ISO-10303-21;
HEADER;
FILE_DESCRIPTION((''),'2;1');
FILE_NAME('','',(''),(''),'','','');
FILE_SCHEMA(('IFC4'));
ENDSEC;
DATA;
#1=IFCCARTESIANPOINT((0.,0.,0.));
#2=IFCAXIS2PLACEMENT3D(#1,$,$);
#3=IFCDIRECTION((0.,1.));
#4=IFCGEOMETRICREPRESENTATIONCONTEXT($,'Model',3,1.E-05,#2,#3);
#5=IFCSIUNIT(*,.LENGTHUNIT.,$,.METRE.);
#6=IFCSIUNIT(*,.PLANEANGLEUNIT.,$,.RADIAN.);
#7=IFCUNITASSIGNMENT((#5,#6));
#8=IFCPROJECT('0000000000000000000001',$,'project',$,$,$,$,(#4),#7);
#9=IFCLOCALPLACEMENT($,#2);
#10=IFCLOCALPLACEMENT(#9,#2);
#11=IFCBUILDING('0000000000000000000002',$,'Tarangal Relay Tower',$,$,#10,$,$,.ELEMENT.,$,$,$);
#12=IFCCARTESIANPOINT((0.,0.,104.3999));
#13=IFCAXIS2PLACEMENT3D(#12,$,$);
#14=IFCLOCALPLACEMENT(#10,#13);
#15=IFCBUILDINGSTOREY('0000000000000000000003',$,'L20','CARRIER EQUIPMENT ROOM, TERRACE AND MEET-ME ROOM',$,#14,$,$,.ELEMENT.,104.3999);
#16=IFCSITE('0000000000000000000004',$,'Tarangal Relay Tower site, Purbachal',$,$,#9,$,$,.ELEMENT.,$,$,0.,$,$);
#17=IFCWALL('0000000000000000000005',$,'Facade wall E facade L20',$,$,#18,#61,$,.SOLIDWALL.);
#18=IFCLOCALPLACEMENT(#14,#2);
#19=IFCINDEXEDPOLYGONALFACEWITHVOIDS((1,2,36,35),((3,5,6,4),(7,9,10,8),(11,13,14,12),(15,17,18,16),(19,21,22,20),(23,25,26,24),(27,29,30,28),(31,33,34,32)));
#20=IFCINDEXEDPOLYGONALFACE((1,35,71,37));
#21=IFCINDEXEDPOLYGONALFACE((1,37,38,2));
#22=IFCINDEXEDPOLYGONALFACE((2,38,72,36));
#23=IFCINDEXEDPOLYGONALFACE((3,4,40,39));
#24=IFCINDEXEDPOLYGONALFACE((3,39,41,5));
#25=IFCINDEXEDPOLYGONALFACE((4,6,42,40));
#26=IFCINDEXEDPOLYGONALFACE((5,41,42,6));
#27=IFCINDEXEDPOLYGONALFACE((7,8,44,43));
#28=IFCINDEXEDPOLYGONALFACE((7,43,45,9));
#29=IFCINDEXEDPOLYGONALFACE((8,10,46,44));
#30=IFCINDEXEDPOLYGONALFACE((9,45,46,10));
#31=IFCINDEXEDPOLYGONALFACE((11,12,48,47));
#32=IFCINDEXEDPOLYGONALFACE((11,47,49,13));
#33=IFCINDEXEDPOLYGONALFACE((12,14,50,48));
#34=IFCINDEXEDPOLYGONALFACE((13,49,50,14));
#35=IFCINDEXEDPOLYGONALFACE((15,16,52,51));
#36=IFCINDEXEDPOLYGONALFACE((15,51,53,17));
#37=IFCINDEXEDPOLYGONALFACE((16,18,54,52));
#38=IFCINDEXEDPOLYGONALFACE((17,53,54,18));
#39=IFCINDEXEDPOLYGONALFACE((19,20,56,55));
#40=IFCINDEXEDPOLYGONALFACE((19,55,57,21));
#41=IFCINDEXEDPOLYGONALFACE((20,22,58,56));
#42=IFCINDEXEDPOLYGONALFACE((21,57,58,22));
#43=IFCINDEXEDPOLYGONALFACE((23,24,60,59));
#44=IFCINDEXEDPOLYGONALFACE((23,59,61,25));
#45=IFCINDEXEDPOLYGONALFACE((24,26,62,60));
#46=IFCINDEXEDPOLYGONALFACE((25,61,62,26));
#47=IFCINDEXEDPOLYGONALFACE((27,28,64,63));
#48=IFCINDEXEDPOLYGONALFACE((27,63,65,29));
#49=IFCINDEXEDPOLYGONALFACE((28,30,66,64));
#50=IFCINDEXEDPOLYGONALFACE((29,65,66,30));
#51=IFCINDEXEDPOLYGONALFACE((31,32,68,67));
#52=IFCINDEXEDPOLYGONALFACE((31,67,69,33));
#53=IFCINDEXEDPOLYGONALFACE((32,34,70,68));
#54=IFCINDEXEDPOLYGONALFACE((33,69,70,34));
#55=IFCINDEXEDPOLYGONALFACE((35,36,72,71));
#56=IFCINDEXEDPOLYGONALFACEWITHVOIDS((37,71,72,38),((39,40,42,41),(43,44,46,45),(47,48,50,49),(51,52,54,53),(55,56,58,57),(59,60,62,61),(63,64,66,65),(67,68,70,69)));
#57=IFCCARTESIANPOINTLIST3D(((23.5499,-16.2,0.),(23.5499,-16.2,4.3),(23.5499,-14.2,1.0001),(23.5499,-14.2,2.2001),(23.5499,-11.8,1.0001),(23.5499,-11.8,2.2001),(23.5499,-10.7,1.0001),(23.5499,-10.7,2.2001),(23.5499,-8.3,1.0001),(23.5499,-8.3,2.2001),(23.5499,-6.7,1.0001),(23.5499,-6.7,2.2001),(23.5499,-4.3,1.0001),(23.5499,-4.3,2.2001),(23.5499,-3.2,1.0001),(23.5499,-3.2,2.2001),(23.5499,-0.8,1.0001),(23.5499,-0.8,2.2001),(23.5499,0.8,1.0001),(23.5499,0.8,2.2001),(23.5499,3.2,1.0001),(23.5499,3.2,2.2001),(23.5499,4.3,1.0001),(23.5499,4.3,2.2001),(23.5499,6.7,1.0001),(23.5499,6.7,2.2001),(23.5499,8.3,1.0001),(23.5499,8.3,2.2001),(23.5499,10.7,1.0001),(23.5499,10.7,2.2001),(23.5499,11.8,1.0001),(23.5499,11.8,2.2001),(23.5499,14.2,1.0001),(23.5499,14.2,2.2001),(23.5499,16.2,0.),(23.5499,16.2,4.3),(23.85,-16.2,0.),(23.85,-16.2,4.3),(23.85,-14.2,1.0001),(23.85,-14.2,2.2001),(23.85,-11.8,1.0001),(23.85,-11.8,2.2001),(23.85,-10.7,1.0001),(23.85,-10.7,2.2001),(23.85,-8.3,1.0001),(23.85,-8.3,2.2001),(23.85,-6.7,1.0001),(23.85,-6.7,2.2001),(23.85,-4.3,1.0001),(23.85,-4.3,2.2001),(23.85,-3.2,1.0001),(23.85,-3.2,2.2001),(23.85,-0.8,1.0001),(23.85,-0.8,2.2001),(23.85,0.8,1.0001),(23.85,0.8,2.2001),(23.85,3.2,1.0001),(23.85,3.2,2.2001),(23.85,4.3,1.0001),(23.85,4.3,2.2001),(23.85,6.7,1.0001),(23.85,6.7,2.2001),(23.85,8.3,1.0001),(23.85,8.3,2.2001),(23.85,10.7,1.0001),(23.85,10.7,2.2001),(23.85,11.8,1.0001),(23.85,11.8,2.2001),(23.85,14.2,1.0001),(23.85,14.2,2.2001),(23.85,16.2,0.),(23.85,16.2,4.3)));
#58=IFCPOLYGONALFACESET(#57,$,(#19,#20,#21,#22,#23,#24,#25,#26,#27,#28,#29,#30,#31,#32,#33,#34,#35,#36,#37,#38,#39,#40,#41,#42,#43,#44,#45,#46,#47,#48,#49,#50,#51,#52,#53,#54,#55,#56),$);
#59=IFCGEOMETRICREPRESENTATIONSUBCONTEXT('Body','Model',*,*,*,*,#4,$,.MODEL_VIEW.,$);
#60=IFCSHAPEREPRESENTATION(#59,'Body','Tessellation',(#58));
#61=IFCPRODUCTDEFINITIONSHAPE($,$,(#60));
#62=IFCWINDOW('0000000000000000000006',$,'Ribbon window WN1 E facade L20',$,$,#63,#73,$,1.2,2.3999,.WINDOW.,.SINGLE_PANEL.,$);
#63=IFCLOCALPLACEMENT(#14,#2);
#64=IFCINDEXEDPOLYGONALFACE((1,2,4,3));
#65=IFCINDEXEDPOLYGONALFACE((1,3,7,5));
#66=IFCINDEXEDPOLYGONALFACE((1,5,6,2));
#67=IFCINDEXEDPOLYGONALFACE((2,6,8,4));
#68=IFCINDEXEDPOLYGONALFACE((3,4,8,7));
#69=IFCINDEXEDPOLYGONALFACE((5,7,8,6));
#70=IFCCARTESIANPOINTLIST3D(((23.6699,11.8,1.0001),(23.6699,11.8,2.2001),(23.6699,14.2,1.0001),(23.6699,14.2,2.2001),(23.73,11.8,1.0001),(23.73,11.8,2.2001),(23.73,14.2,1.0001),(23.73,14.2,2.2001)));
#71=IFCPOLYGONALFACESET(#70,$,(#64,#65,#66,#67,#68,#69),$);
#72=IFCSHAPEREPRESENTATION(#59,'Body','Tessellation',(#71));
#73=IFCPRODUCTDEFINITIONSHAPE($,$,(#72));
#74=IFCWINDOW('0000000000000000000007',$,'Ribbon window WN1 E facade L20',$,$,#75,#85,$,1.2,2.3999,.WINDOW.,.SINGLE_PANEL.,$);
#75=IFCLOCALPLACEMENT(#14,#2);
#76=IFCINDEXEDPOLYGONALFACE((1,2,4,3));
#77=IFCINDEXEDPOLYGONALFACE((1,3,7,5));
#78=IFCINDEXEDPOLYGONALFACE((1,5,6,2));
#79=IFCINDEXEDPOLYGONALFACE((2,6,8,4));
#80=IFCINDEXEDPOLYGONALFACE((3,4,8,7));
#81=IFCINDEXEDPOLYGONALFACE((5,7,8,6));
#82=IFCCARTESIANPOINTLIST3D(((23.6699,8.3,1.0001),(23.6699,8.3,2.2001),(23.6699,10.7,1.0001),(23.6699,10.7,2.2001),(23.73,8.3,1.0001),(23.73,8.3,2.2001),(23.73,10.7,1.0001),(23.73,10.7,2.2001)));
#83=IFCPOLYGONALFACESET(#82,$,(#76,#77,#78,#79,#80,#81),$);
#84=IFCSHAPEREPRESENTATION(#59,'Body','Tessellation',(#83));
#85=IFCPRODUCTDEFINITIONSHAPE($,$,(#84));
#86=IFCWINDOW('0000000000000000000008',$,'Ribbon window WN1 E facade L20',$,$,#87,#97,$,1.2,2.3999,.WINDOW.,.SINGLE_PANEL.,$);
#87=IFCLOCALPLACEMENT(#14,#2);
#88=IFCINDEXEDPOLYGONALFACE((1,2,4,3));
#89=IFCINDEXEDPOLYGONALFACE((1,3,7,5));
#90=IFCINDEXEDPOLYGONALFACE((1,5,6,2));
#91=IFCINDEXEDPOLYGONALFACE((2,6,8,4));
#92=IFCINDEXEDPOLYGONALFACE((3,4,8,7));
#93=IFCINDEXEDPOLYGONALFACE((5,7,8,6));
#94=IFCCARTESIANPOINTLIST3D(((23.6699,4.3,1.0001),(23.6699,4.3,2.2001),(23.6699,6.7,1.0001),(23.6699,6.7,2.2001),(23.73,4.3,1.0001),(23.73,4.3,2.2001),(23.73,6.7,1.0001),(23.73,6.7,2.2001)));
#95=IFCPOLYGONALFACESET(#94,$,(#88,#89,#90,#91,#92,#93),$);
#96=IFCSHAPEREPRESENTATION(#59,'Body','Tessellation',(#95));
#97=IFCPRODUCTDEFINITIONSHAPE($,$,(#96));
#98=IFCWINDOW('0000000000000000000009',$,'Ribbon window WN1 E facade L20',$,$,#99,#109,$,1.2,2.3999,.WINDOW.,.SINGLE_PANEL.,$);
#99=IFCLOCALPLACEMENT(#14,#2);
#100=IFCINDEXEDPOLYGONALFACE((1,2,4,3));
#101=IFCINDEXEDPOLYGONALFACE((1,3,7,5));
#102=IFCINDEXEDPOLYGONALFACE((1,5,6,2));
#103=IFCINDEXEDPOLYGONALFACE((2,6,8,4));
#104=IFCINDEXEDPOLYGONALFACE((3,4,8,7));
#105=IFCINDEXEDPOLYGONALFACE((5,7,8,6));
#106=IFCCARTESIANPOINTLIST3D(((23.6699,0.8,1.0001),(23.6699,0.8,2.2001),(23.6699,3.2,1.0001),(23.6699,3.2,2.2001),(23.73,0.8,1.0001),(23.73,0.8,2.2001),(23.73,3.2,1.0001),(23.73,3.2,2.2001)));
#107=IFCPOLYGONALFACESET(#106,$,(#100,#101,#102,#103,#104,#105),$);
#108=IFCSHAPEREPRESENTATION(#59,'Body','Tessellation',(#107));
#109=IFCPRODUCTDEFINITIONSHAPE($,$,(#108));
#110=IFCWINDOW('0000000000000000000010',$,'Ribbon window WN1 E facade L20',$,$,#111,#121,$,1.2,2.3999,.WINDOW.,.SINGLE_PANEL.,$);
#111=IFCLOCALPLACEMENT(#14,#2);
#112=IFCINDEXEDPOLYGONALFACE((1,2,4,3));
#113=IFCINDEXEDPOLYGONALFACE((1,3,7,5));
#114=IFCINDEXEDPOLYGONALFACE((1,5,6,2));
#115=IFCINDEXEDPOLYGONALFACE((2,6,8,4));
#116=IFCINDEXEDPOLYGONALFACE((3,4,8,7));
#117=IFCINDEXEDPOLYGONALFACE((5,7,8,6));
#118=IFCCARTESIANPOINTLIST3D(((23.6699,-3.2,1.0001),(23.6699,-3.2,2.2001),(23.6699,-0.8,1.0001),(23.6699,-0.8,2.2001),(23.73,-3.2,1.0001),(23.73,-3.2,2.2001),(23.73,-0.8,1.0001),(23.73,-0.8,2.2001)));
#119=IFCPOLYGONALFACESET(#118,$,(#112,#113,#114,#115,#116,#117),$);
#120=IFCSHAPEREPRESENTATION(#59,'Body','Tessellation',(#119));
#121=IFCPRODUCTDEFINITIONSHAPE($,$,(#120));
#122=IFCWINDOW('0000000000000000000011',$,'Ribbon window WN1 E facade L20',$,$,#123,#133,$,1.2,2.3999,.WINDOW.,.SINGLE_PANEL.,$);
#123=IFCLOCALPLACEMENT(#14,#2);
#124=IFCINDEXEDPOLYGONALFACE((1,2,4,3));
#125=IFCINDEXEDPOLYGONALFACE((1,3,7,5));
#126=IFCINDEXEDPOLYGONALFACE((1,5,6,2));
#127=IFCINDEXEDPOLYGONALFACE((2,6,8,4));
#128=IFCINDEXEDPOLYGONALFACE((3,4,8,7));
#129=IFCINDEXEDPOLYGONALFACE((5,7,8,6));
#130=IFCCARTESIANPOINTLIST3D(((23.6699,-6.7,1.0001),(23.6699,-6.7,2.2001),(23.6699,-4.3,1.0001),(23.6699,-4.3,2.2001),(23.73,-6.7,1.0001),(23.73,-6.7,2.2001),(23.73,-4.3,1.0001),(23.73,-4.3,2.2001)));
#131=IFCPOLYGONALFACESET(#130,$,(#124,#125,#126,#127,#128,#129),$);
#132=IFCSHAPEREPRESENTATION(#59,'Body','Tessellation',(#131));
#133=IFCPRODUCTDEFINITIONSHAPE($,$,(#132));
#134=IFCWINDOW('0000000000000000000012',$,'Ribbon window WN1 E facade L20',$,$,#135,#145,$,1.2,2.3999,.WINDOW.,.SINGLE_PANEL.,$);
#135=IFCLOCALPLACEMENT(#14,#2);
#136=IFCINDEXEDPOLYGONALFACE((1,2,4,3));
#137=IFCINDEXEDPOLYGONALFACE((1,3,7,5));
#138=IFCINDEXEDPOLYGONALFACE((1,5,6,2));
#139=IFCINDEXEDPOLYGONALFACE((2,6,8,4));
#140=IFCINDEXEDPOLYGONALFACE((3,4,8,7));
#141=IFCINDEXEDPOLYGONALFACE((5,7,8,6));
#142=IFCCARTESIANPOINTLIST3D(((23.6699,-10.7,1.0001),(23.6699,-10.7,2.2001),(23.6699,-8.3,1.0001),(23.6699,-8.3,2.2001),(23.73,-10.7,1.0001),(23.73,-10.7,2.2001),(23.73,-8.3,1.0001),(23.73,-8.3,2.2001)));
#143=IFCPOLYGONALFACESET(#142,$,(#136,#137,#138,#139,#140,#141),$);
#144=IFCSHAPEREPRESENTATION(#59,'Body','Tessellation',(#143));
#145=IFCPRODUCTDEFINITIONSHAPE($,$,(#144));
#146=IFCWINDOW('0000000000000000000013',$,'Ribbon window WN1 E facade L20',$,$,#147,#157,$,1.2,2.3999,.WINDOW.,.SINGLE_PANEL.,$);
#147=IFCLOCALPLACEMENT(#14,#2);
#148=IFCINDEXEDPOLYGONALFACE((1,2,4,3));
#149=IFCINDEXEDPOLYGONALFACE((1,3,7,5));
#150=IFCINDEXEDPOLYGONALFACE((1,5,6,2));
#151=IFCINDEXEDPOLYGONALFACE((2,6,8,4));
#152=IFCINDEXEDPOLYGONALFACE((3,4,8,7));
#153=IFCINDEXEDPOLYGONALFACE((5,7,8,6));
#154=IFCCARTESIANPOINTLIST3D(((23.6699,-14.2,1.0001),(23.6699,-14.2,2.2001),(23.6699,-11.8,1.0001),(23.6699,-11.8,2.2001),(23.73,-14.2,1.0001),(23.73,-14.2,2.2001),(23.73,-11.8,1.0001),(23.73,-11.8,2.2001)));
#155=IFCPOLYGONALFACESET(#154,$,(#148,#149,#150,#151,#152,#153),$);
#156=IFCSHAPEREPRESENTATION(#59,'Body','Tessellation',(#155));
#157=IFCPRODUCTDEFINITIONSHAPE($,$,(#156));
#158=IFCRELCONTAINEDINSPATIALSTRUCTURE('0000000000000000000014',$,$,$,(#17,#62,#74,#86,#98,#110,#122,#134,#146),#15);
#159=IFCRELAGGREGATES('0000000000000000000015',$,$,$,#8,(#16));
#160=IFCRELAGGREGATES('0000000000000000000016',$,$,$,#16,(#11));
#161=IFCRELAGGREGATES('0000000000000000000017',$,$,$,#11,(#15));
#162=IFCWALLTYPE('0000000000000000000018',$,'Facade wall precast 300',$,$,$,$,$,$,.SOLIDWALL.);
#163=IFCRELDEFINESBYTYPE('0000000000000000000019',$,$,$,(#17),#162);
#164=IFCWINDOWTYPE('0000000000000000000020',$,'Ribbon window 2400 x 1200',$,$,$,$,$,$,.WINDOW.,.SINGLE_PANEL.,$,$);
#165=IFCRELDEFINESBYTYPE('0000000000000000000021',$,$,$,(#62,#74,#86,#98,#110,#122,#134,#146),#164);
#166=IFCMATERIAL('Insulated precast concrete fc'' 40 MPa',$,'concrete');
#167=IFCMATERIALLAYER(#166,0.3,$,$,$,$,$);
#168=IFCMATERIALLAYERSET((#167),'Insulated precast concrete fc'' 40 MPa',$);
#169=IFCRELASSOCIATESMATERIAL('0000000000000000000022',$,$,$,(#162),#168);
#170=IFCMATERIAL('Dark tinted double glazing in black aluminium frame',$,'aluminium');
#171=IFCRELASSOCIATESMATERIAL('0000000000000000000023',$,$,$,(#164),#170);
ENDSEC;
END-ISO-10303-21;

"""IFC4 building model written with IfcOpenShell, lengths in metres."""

from ifc_helpers import new_model, si_unit, direction, frame, frame_2d, origin, place, context, subcontext, project, spatial, rectangle, extrude, material, layer, layer_set, type_object, element, fill, save


model = new_model("IFC4")

# Units and contexts
model_context = context("Model", 3, precision=1e-05, world=origin(), true_north=direction((0.0, 1.0)))
body_context = subcontext(model_context, "Body", "Model", "MODEL_VIEW")
ifc_project = project(units=[si_unit("LENGTHUNIT", "METRE"), si_unit("PLANEANGLEUNIT", "RADIAN")], contexts=[model_context])

# Site, building, storey
site_placement = place(None, origin())
site = spatial("IfcSite", under=ifc_project, at=site_placement, Name="Tarangal Relay Tower site, Purbachal", CompositionType="ELEMENT", RefElevation=0.0)
building_placement = place(site_placement, origin())
building = spatial("IfcBuilding", under=site, at=building_placement, Name="Tarangal Relay Tower", CompositionType="ELEMENT")
storey_placement = place(building_placement, frame((0.0, 0.0, 104.3999)))
storey = spatial("IfcBuildingStorey", under=building, at=storey_placement, Name="L20", Description="CARRIER EQUIPMENT ROOM, TERRACE AND MEET-ME ROOM", CompositionType="ELEMENT", Elevation=104.3999)

# Shared definitions
ifc_material_1 = material(Name="Insulated precast concrete fc' 40 MPa", Category="concrete")
ifc_layer_1 = layer(ifc_material_1, 0.3)
ifc_layer_set_1 = layer_set([ifc_layer_1], Name="Insulated precast concrete fc' 40 MPa")
wall_type_1 = type_object("IfcWallType", Name="Facade wall precast 300", PredefinedType="SOLIDWALL", material=ifc_layer_set_1)

# Wall, openings, windows
wall_1_placement = place(storey_placement, frame((23.7, 16.2, 0.0), z_axis=(0.0, 0.0, 1.0), x_axis=(0.0, -1.0, 0.0)))
wall_1 = element("IfcWall", 1, at=wall_1_placement, inside=storey, type_object=wall_type_1, Name="Facade wall E facade L20", PredefinedType="SOLIDWALL", context=body_context, shape_type="SweptSolid", body=[
    extrude(rectangle(XDim=32.3999, YDim=0.3, at=frame_2d((16.2, 0.0))), origin(), (0.0, 0.0, 1.0), 4.3),
])
opening_1_placement = place(wall_1_placement, frame((2.0, 0.0, 1.0)))
opening_1 = element("IfcOpeningElement", 2, at=opening_1_placement, cuts=wall_1, PredefinedType="OPENING", context=body_context, shape_type="SweptSolid", body=[
    extrude(rectangle(XDim=2.3999, YDim=1.2, at=frame_2d((1.2, 0.6001))), frame((0.0, 0.1599, 0.0), z_axis=(0.0, -1.0, 0.0), x_axis=(1.0, 0.0, 0.0)), (0.0, 0.0, 1.0), 0.3201),
])
opening_2_placement = place(wall_1_placement, frame((5.5, 0.0, 1.0)))
opening_2 = element("IfcOpeningElement", 3, at=opening_2_placement, cuts=wall_1, PredefinedType="OPENING", context=body_context, shape_type="SweptSolid", body=[
    extrude(rectangle(XDim=2.3999, YDim=1.2, at=frame_2d((1.2, 0.6001))), frame((0.0, 0.1599, 0.0), z_axis=(0.0, -1.0, 0.0), x_axis=(1.0, 0.0, 0.0)), (0.0, 0.0, 1.0), 0.3201),
])
opening_3_placement = place(wall_1_placement, frame((9.5, 0.0, 1.0)))
opening_3 = element("IfcOpeningElement", 4, at=opening_3_placement, cuts=wall_1, PredefinedType="OPENING", context=body_context, shape_type="SweptSolid", body=[
    extrude(rectangle(XDim=2.3999, YDim=1.2, at=frame_2d((1.2, 0.6001))), frame((0.0, 0.1599, 0.0), z_axis=(0.0, -1.0, 0.0), x_axis=(1.0, 0.0, 0.0)), (0.0, 0.0, 1.0), 0.3201),
])
opening_4_placement = place(wall_1_placement, frame((13.0, 0.0, 1.0)))
opening_4 = element("IfcOpeningElement", 5, at=opening_4_placement, cuts=wall_1, PredefinedType="OPENING", context=body_context, shape_type="SweptSolid", body=[
    extrude(rectangle(XDim=2.3999, YDim=1.2, at=frame_2d((1.2, 0.6001))), frame((0.0, 0.1599, 0.0), z_axis=(0.0, -1.0, 0.0), x_axis=(1.0, 0.0, 0.0)), (0.0, 0.0, 1.0), 0.3201),
])
opening_5_placement = place(wall_1_placement, frame((17.0, 0.0, 1.0)))
opening_5 = element("IfcOpeningElement", 6, at=opening_5_placement, cuts=wall_1, PredefinedType="OPENING", context=body_context, shape_type="SweptSolid", body=[
    extrude(rectangle(XDim=2.3999, YDim=1.2, at=frame_2d((1.2, 0.6001))), frame((0.0, 0.1599, 0.0), z_axis=(0.0, -1.0, 0.0), x_axis=(1.0, 0.0, 0.0)), (0.0, 0.0, 1.0), 0.3201),
])
opening_6_placement = place(wall_1_placement, frame((20.5, 0.0, 1.0)))
opening_6 = element("IfcOpeningElement", 7, at=opening_6_placement, cuts=wall_1, PredefinedType="OPENING", context=body_context, shape_type="SweptSolid", body=[
    extrude(rectangle(XDim=2.3999, YDim=1.2, at=frame_2d((1.2, 0.6001))), frame((0.0, 0.1599, 0.0), z_axis=(0.0, -1.0, 0.0), x_axis=(1.0, 0.0, 0.0)), (0.0, 0.0, 1.0), 0.3201),
])
opening_7_placement = place(wall_1_placement, frame((24.5, 0.0, 1.0)))
opening_7 = element("IfcOpeningElement", 8, at=opening_7_placement, cuts=wall_1, PredefinedType="OPENING", context=body_context, shape_type="SweptSolid", body=[
    extrude(rectangle(XDim=2.3999, YDim=1.2, at=frame_2d((1.2, 0.6001))), frame((0.0, 0.1599, 0.0), z_axis=(0.0, -1.0, 0.0), x_axis=(1.0, 0.0, 0.0)), (0.0, 0.0, 1.0), 0.3201),
])
opening_8_placement = place(wall_1_placement, frame((28.0, 0.0, 1.0)))
opening_8 = element("IfcOpeningElement", 9, at=opening_8_placement, cuts=wall_1, PredefinedType="OPENING", context=body_context, shape_type="SweptSolid", body=[
    extrude(rectangle(XDim=2.3999, YDim=1.2, at=frame_2d((1.2, 0.6001))), frame((0.0, 0.1599, 0.0), z_axis=(0.0, -1.0, 0.0), x_axis=(1.0, 0.0, 0.0)), (0.0, 0.0, 1.0), 0.3201),
])
ifc_material_2 = material(Name="Dark tinted double glazing in black aluminium frame", Category="aluminium")
window_type = type_object("IfcWindowType", Name="Ribbon window 2400 x 1200", PartitioningType="SINGLE_PANEL", PredefinedType="WINDOW", material=ifc_material_2)
window_1_placement = place(opening_1_placement, origin())
window_1 = element("IfcWindow", 10, at=window_1_placement, inside=storey, type_object=window_type, Name="Ribbon window WN1 E facade L20", OverallHeight=1.2, OverallWidth=2.3999, PartitioningType="SINGLE_PANEL", PredefinedType="WINDOW", context=body_context, shape_type="SweptSolid", body=[
    extrude(rectangle(XDim=2.3999, YDim=1.2, at=frame_2d((1.2, 0.6001))), frame((0.0, 0.03, 0.0), z_axis=(0.0, -1.0, 0.0), x_axis=(1.0, 0.0, 0.0)), (0.0, 0.0, 1.0), 0.0601),
])
fill(opening_1, window_1)
window_2_placement = place(opening_2_placement, origin())
window_2 = element("IfcWindow", 11, at=window_2_placement, inside=storey, type_object=window_type, Name="Ribbon window WN1 E facade L20", OverallHeight=1.2, OverallWidth=2.3999, PartitioningType="SINGLE_PANEL", PredefinedType="WINDOW", context=body_context, shape_type="SweptSolid", body=[
    extrude(rectangle(XDim=2.3999, YDim=1.2, at=frame_2d((1.2, 0.6001))), frame((0.0, 0.03, 0.0), z_axis=(0.0, -1.0, 0.0), x_axis=(1.0, 0.0, 0.0)), (0.0, 0.0, 1.0), 0.0601),
])
fill(opening_2, window_2)
window_3_placement = place(opening_3_placement, origin())
window_3 = element("IfcWindow", 12, at=window_3_placement, inside=storey, type_object=window_type, Name="Ribbon window WN1 E facade L20", OverallHeight=1.2, OverallWidth=2.3999, PartitioningType="SINGLE_PANEL", PredefinedType="WINDOW", context=body_context, shape_type="SweptSolid", body=[
    extrude(rectangle(XDim=2.3999, YDim=1.2, at=frame_2d((1.2, 0.6001))), frame((0.0, 0.03, 0.0), z_axis=(0.0, -1.0, 0.0), x_axis=(1.0, 0.0, 0.0)), (0.0, 0.0, 1.0), 0.0601),
])
fill(opening_3, window_3)
window_4_placement = place(opening_4_placement, origin())
window_4 = element("IfcWindow", 13, at=window_4_placement, inside=storey, type_object=window_type, Name="Ribbon window WN1 E facade L20", OverallHeight=1.2, OverallWidth=2.3999, PartitioningType="SINGLE_PANEL", PredefinedType="WINDOW", context=body_context, shape_type="SweptSolid", body=[
    extrude(rectangle(XDim=2.3999, YDim=1.2, at=frame_2d((1.2, 0.6001))), frame((0.0, 0.03, 0.0), z_axis=(0.0, -1.0, 0.0), x_axis=(1.0, 0.0, 0.0)), (0.0, 0.0, 1.0), 0.0601),
])
fill(opening_4, window_4)
window_5_placement = place(opening_5_placement, origin())
window_5 = element("IfcWindow", 14, at=window_5_placement, inside=storey, type_object=window_type, Name="Ribbon window WN1 E facade L20", OverallHeight=1.2, OverallWidth=2.3999, PartitioningType="SINGLE_PANEL", PredefinedType="WINDOW", context=body_context, shape_type="SweptSolid", body=[
    extrude(rectangle(XDim=2.3999, YDim=1.2, at=frame_2d((1.2, 0.6001))), frame((0.0, 0.03, 0.0), z_axis=(0.0, -1.0, 0.0), x_axis=(1.0, 0.0, 0.0)), (0.0, 0.0, 1.0), 0.0601),
])
fill(opening_5, window_5)
window_6_placement = place(opening_6_placement, origin())
window_6 = element("IfcWindow", 15, at=window_6_placement, inside=storey, type_object=window_type, Name="Ribbon window WN1 E facade L20", OverallHeight=1.2, OverallWidth=2.3999, PartitioningType="SINGLE_PANEL", PredefinedType="WINDOW", context=body_context, shape_type="SweptSolid", body=[
    extrude(rectangle(XDim=2.3999, YDim=1.2, at=frame_2d((1.2, 0.6001))), frame((0.0, 0.03, 0.0), z_axis=(0.0, -1.0, 0.0), x_axis=(1.0, 0.0, 0.0)), (0.0, 0.0, 1.0), 0.0601),
])
fill(opening_6, window_6)
window_7_placement = place(opening_7_placement, origin())
window_7 = element("IfcWindow", 16, at=window_7_placement, inside=storey, type_object=window_type, Name="Ribbon window WN1 E facade L20", OverallHeight=1.2, OverallWidth=2.3999, PartitioningType="SINGLE_PANEL", PredefinedType="WINDOW", context=body_context, shape_type="SweptSolid", body=[
    extrude(rectangle(XDim=2.3999, YDim=1.2, at=frame_2d((1.2, 0.6001))), frame((0.0, 0.03, 0.0), z_axis=(0.0, -1.0, 0.0), x_axis=(1.0, 0.0, 0.0)), (0.0, 0.0, 1.0), 0.0601),
])
fill(opening_7, window_7)
window_8_placement = place(opening_8_placement, origin())
window_8 = element("IfcWindow", 17, at=window_8_placement, inside=storey, type_object=window_type, Name="Ribbon window WN1 E facade L20", OverallHeight=1.2, OverallWidth=2.3999, PartitioningType="SINGLE_PANEL", PredefinedType="WINDOW", context=body_context, shape_type="SweptSolid", body=[
    extrude(rectangle(XDim=2.3999, YDim=1.2, at=frame_2d((1.2, 0.6001))), frame((0.0, 0.03, 0.0), z_axis=(0.0, -1.0, 0.0), x_axis=(1.0, 0.0, 0.0)), (0.0, 0.0, 1.0), 0.0601),
])
fill(opening_8, window_8)

save(model, "model.ifc")
